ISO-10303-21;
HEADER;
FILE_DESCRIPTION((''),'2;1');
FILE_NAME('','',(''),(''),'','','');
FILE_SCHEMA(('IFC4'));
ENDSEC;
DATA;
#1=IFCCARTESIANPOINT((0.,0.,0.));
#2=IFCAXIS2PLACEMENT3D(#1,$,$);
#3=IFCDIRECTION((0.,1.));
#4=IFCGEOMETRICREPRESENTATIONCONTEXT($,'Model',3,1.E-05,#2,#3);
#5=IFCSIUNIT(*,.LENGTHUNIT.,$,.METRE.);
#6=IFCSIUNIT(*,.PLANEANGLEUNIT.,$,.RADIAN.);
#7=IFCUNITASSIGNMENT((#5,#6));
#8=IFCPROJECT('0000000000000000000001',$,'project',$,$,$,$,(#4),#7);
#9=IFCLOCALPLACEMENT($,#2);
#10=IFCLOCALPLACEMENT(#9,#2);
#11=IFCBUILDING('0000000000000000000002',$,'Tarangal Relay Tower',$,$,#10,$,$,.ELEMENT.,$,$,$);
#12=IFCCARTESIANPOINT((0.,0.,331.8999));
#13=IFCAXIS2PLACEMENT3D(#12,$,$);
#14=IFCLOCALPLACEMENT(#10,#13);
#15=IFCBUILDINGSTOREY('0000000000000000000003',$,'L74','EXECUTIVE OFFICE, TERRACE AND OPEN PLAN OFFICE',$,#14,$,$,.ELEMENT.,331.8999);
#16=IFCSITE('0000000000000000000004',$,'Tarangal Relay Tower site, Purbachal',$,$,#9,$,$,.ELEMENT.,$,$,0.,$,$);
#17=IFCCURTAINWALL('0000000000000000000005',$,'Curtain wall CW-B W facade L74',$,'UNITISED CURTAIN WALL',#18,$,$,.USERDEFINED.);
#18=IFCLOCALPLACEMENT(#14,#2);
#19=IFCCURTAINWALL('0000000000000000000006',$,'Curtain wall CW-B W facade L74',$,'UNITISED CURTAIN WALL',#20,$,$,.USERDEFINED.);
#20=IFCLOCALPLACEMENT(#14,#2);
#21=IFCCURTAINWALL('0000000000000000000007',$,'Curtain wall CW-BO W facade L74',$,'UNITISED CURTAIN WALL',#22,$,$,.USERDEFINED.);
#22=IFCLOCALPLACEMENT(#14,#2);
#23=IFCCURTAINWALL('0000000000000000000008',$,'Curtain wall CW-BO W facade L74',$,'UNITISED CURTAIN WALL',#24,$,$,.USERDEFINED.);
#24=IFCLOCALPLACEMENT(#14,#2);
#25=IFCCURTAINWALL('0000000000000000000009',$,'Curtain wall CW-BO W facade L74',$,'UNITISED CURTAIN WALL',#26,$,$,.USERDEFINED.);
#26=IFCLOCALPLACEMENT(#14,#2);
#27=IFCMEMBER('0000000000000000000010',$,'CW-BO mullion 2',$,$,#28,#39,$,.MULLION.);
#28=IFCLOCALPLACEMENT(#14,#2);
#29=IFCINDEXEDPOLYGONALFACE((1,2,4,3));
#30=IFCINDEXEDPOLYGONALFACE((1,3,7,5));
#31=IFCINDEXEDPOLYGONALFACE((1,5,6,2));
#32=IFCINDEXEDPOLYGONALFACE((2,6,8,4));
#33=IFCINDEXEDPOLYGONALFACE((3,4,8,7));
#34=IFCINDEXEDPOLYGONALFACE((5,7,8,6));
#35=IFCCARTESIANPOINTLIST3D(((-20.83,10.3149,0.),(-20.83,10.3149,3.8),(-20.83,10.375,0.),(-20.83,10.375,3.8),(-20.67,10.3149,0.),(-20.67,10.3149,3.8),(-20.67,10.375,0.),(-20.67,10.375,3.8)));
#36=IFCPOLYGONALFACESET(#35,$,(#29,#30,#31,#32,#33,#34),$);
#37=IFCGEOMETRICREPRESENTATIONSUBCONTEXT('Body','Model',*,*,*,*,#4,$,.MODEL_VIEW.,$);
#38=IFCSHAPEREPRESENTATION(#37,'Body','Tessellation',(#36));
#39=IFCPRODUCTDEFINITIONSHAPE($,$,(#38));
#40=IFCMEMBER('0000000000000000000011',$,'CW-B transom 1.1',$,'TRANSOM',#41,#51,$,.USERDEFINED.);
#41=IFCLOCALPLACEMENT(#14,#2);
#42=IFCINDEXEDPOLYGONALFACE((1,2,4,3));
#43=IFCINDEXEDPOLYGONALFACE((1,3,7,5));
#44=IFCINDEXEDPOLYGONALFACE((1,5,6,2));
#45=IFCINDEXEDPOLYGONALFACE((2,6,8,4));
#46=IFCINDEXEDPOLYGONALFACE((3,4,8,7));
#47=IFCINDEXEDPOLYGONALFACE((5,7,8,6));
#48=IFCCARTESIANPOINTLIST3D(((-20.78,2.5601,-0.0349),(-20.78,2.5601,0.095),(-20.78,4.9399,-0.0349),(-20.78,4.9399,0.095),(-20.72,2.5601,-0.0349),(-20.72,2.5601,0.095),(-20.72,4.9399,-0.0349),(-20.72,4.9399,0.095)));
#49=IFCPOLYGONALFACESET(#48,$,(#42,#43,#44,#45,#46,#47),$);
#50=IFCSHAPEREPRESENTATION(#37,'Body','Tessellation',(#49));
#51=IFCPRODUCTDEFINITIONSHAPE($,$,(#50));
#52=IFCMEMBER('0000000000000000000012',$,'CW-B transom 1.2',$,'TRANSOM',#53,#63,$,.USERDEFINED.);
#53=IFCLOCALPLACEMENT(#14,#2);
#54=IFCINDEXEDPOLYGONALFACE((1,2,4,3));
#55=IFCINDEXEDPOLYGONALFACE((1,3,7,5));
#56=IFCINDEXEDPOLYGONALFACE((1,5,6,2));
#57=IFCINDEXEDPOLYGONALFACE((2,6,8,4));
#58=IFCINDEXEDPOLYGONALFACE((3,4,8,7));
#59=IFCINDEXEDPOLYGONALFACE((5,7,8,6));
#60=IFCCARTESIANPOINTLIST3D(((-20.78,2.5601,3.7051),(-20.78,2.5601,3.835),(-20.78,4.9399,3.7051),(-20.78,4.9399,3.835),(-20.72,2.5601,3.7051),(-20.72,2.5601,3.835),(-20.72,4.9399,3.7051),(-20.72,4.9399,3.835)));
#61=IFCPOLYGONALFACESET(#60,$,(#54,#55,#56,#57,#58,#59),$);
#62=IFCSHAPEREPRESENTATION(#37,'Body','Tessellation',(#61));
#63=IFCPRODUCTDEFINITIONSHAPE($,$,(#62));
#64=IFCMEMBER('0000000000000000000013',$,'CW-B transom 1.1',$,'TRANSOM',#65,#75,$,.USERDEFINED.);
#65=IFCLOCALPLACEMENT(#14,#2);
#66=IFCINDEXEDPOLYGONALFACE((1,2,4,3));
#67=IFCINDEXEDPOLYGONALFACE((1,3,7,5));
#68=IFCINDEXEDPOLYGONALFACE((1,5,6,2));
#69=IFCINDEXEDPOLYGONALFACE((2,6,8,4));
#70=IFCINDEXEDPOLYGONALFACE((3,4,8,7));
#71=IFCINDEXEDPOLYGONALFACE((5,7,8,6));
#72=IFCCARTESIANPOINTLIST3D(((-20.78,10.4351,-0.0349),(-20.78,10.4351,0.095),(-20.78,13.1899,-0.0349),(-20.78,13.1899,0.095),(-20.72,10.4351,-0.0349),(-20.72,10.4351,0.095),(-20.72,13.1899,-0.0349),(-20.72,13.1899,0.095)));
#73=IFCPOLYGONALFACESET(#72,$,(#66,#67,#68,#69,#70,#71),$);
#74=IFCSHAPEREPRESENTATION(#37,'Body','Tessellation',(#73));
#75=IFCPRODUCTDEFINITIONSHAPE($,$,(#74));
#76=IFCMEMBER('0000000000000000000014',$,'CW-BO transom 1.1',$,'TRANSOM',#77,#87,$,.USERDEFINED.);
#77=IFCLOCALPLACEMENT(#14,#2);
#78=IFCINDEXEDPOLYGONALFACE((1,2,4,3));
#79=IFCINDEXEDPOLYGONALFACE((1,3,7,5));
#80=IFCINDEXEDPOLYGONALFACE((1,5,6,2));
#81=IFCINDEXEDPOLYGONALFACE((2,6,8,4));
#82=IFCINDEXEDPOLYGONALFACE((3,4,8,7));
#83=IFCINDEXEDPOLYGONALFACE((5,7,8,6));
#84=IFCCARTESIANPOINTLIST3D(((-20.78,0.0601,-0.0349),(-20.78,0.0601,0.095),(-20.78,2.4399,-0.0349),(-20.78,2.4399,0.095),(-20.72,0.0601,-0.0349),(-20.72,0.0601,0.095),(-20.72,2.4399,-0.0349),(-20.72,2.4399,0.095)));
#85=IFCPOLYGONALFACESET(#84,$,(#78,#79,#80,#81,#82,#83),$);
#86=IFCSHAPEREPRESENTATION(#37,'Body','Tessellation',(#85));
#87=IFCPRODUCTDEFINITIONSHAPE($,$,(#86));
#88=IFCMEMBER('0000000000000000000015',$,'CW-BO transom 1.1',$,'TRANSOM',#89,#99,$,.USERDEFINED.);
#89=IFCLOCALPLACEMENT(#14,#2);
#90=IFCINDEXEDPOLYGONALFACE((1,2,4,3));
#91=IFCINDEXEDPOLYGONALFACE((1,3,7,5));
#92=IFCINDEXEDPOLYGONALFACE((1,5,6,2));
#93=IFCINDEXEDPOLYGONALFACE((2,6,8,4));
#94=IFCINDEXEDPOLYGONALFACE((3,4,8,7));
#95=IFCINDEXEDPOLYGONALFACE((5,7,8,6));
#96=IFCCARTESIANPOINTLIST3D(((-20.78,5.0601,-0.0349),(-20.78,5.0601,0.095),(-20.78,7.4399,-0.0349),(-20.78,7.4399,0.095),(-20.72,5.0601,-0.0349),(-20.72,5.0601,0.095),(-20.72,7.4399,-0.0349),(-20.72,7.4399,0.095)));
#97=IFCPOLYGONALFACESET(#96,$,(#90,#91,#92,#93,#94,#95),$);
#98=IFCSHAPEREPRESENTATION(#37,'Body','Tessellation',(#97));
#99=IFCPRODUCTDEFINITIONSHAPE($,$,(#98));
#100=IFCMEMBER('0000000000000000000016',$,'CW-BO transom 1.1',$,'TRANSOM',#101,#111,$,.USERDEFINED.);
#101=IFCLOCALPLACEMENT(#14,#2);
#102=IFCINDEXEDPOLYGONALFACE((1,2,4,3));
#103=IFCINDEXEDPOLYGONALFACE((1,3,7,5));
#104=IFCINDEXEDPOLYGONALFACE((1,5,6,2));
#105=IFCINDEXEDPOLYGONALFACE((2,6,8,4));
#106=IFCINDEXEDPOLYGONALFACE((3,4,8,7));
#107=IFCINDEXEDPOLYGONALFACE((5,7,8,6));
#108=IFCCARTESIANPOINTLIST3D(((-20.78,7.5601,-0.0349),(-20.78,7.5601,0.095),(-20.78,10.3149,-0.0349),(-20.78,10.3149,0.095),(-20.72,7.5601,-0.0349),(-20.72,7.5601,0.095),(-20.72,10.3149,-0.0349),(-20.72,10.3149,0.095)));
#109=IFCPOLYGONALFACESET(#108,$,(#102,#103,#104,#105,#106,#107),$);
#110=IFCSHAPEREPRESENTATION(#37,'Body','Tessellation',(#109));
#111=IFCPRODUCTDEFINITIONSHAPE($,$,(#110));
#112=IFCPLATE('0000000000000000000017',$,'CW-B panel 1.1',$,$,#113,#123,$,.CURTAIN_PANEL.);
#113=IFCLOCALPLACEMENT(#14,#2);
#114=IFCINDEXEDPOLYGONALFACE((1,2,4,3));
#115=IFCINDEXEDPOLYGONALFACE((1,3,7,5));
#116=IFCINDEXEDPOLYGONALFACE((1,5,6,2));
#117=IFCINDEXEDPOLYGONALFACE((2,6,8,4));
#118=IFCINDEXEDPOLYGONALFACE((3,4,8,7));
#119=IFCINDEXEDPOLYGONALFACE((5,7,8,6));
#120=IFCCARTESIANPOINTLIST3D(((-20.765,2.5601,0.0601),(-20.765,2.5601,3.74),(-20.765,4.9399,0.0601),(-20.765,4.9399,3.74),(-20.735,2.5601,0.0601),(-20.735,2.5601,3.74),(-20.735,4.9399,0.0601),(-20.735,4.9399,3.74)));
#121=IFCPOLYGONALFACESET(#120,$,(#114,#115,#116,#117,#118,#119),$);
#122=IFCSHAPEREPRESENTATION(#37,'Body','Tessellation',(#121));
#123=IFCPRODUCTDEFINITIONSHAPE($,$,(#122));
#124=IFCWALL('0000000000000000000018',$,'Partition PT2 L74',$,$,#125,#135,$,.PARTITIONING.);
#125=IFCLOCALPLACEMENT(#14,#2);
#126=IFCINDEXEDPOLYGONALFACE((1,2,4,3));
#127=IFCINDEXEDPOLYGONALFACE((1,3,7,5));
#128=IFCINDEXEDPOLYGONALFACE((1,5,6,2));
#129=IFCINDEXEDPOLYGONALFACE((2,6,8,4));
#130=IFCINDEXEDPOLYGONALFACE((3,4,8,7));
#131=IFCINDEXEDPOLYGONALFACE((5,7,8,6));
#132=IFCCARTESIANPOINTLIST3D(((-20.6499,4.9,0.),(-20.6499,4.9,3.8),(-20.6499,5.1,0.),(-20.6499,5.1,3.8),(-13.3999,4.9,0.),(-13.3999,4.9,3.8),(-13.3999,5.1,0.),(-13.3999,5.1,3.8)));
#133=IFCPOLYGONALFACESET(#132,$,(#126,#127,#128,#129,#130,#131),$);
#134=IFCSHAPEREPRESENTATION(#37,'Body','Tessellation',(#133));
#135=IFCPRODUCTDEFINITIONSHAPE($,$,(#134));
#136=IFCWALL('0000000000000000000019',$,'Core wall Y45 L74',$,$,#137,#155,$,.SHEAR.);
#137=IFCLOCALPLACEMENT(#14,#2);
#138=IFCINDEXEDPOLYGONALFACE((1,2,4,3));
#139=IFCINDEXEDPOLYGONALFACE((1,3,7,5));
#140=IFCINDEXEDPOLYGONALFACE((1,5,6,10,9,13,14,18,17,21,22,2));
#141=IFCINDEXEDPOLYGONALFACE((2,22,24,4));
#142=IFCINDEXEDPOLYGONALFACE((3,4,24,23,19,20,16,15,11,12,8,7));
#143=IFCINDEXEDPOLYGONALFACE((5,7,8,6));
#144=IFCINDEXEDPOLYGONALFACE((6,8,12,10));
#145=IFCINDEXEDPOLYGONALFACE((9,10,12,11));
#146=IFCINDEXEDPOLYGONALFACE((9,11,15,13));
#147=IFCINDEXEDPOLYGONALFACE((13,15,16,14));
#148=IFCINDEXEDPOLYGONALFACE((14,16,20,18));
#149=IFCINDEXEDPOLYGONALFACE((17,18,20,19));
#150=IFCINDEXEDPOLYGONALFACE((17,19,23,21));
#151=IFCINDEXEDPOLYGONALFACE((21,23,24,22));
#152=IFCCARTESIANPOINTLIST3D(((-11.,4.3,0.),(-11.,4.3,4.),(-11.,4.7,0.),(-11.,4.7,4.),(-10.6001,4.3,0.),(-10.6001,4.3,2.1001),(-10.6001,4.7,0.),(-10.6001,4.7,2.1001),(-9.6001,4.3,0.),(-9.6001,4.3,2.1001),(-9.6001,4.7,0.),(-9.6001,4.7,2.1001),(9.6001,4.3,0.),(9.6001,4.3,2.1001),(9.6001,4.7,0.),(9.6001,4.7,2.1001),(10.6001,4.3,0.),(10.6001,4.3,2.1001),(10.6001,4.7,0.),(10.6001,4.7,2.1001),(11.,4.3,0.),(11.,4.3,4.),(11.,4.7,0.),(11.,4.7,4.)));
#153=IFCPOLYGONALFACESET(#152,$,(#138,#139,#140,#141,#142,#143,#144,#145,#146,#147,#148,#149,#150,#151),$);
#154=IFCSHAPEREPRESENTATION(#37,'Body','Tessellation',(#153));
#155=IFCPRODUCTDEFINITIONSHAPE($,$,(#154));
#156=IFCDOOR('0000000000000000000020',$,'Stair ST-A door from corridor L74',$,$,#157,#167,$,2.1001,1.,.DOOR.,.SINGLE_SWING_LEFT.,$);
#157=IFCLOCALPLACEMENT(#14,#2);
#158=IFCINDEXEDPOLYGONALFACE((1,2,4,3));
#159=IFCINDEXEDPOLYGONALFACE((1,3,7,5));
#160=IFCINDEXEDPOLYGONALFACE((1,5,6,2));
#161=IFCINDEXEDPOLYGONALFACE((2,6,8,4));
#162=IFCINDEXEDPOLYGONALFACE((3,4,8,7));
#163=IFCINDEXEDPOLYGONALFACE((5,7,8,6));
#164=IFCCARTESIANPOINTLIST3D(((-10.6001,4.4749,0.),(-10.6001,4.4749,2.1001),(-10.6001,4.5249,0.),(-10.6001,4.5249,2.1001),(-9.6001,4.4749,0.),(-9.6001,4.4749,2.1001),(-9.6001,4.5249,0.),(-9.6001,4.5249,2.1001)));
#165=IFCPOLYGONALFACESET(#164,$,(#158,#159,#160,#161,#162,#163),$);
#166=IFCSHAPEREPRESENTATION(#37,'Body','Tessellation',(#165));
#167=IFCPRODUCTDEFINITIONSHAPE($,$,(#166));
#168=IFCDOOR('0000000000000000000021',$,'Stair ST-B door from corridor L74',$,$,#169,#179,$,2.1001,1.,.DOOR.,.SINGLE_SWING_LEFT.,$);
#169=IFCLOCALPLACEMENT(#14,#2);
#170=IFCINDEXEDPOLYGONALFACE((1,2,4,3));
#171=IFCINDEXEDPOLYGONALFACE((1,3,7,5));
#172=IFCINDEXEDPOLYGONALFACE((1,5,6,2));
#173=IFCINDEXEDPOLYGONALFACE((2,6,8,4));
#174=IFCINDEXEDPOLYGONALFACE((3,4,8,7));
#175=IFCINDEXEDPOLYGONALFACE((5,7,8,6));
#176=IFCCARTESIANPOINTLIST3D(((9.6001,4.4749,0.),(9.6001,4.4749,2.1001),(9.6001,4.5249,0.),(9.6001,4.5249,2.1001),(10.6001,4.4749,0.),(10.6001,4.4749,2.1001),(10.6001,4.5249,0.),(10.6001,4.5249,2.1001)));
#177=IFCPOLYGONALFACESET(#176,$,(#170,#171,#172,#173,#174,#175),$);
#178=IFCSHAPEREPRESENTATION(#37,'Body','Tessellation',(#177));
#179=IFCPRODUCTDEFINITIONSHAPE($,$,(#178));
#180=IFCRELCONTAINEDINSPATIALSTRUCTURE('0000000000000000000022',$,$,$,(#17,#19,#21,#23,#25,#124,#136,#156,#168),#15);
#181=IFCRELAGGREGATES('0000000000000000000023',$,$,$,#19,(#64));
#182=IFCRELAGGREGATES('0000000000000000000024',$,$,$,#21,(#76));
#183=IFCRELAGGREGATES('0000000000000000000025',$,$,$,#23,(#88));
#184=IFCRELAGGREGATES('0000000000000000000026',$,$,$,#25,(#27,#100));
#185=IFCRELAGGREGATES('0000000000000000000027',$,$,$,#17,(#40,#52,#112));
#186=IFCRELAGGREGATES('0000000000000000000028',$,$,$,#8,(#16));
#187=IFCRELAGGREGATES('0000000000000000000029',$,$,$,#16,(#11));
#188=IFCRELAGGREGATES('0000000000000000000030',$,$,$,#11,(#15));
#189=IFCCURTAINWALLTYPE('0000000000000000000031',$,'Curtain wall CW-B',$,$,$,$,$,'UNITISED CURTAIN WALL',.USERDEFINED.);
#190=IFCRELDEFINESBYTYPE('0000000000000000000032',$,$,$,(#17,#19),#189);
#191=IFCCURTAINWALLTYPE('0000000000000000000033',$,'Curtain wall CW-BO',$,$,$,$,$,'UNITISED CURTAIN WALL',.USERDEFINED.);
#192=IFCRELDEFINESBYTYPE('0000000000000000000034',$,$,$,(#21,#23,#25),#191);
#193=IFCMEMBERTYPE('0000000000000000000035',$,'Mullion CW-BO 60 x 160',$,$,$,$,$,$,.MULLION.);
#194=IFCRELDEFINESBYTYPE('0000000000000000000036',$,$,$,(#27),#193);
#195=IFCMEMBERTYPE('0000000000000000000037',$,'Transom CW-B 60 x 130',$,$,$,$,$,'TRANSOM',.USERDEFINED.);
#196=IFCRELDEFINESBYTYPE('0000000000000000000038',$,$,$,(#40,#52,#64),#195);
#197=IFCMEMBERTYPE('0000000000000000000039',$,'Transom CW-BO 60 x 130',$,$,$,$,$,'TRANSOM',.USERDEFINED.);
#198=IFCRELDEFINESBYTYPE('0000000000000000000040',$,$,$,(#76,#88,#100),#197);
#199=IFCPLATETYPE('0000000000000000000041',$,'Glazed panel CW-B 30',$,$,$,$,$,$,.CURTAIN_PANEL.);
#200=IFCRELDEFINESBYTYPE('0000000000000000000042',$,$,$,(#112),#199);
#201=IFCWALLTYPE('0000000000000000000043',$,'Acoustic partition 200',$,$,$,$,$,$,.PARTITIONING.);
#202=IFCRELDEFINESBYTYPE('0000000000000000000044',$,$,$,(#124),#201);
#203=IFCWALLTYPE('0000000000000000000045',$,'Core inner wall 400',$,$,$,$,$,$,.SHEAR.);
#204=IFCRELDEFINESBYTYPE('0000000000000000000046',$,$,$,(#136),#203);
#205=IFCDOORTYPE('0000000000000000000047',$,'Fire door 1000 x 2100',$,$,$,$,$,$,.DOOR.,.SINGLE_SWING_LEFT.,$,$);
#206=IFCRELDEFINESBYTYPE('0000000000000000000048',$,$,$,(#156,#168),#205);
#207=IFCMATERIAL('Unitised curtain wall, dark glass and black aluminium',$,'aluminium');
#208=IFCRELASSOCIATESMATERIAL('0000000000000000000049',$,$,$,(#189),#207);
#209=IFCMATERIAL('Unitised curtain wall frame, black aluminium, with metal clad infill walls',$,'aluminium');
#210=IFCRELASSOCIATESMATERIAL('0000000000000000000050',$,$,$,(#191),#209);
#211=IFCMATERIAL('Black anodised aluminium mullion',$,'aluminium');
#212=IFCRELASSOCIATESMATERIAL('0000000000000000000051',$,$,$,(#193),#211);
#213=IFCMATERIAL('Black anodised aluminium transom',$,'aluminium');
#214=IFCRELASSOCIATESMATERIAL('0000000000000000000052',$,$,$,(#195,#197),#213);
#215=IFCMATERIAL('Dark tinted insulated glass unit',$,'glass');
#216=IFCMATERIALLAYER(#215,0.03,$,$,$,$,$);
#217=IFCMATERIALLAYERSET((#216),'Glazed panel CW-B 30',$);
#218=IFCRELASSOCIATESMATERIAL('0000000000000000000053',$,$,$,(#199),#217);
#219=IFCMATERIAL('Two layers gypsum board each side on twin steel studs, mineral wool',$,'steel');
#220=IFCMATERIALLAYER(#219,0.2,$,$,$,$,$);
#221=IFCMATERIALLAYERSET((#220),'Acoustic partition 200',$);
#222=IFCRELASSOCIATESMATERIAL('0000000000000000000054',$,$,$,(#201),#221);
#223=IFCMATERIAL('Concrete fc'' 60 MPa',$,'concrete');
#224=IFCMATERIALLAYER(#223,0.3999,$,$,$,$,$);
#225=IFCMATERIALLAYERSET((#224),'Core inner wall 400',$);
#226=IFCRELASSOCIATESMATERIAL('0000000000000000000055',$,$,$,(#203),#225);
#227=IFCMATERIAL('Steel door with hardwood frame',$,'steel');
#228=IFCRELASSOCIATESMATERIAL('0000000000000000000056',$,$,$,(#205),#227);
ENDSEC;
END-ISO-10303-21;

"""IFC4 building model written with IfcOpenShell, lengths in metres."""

from ifc_helpers import new_model, si_unit, direction, frame, frame_2d, origin, origin_2d, place, context, subcontext, project, spatial, rectangle, extrude, material, layer, layer_set, material_profile, profile_set, type_object, element, fill, aggregate, save


model = new_model("IFC4")

# Units and contexts
model_context = context("Model", 3, precision=1e-05, world=origin(), true_north=direction((0.0, 1.0)))
body_context = subcontext(model_context, "Body", "Model", "MODEL_VIEW")
ifc_project = project(units=[si_unit("LENGTHUNIT", "METRE"), si_unit("PLANEANGLEUNIT", "RADIAN")], contexts=[model_context])

# Site, building, storey
site_placement = place(None, origin())
site = spatial("IfcSite", under=ifc_project, at=site_placement, Name="Tarangal Relay Tower site, Purbachal", CompositionType="ELEMENT", RefElevation=0.0)
building_placement = place(site_placement, origin())
building = spatial("IfcBuilding", under=site, at=building_placement, Name="Tarangal Relay Tower", CompositionType="ELEMENT")
storey_placement = place(building_placement, frame((0.0, 0.0, 331.8999)))
storey = spatial("IfcBuildingStorey", under=building, at=storey_placement, Name="L74", Description="EXECUTIVE OFFICE, TERRACE AND OPEN PLAN OFFICE", CompositionType="ELEMENT", Elevation=331.8999)

# Curtain wall
ifc_material_1 = material(Name="Unitised curtain wall, dark glass and black aluminium", Category="aluminium")
curtain_wall_type_1 = type_object("IfcCurtainWallType", Name="Curtain wall CW-B", ElementType="UNITISED CURTAIN WALL", PredefinedType="USERDEFINED", material=ifc_material_1)
curtain_wall_1_placement = place(storey_placement, origin())
curtain_wall_1 = element("IfcCurtainWall", 1, at=curtain_wall_1_placement, inside=storey, type_object=curtain_wall_type_1, Name="Curtain wall CW-B W facade L74", ObjectType="UNITISED CURTAIN WALL", PredefinedType="USERDEFINED")
ifc_material_2 = material(Name="Black anodised aluminium mullion", Category="aluminium")

# Curtain wall
curtain_wall_2_placement = place(storey_placement, origin())
curtain_wall_2 = element("IfcCurtainWall", 2, at=curtain_wall_2_placement, inside=storey, type_object=curtain_wall_type_1, Name="Curtain wall CW-B W facade L74", ObjectType="UNITISED CURTAIN WALL", PredefinedType="USERDEFINED")

# Curtain walls, member
ifc_material_3 = material(Name="Unitised curtain wall frame, black aluminium, with metal clad infill walls", Category="aluminium")
curtain_wall_type_2 = type_object("IfcCurtainWallType", Name="Curtain wall CW-BO", ElementType="UNITISED CURTAIN WALL", PredefinedType="USERDEFINED", material=ifc_material_3)
curtain_wall_3_placement = place(storey_placement, origin())
curtain_wall_3 = element("IfcCurtainWall", 3, at=curtain_wall_3_placement, inside=storey, type_object=curtain_wall_type_2, Name="Curtain wall CW-BO W facade L74", ObjectType="UNITISED CURTAIN WALL", PredefinedType="USERDEFINED")
ifc_material_profile_1 = material_profile(ifc_material_2, rectangle(XDim=0.1599, YDim=0.0601, at=origin_2d()), Name="CW-BOM 60X160")
ifc_profile_set_1 = profile_set([ifc_material_profile_1], Name="Black anodised aluminium mullion")
member_type_1 = type_object("IfcMemberType", Name="Mullion CW-BO 60 x 160", PredefinedType="MULLION", material=ifc_profile_set_1)
curtain_wall_4_placement = place(storey_placement, origin())
curtain_wall_4 = element("IfcCurtainWall", 4, at=curtain_wall_4_placement, inside=storey, type_object=curtain_wall_type_2, Name="Curtain wall CW-BO W facade L74", ObjectType="UNITISED CURTAIN WALL", PredefinedType="USERDEFINED")
curtain_wall_5_placement = place(storey_placement, origin())
curtain_wall_5 = element("IfcCurtainWall", 5, at=curtain_wall_5_placement, inside=storey, type_object=curtain_wall_type_2, Name="Curtain wall CW-BO W facade L74", ObjectType="UNITISED CURTAIN WALL", PredefinedType="USERDEFINED")
member_1_placement = place(storey_placement, frame((-20.75, 10.345, 0.0), z_axis=(0.0, 0.0, 1.0), x_axis=(-1.0, 0.0, 0.0)))
member_1 = element("IfcMember", 6, at=member_1_placement, type_object=member_type_1, Name="CW-BO mullion 2", PredefinedType="MULLION", context=body_context, shape_type="SweptSolid", body=[
    extrude(rectangle(XDim=0.1599, YDim=0.0601, at=origin_2d()), origin(), (0.0, 0.0, 1.0), 3.8),
])

# Members
ifc_material_4 = material(Name="Black anodised aluminium transom", Category="aluminium")
ifc_material_profile_2 = material_profile(ifc_material_4, rectangle(XDim=0.0601, YDim=0.1299, at=origin_2d()), Name="CW-BT 60X130")
ifc_profile_set_2 = profile_set([ifc_material_profile_2], Name="Black anodised aluminium transom")
member_type_2 = type_object("IfcMemberType", Name="Transom CW-B 60 x 130", ElementType="TRANSOM", PredefinedType="USERDEFINED", material=ifc_profile_set_2)
member_2_placement = place(storey_placement, frame((-20.75, 2.5601, 0.03), z_axis=(0.0, 1.0, 0.0), x_axis=(-1.0, 0.0, 0.0)))
member_2 = element("IfcMember", 7, at=member_2_placement, type_object=member_type_2, Name="CW-B transom 1.1", ObjectType="TRANSOM", PredefinedType="USERDEFINED", context=body_context, shape_type="SweptSolid", body=[
    extrude(rectangle(XDim=0.0601, YDim=0.1299, at=origin_2d()), origin(), (0.0, 0.0, 1.0), 2.3799),
])
member_3_placement = place(storey_placement, frame((-20.75, 2.5601, 3.77), z_axis=(0.0, 1.0, 0.0), x_axis=(-1.0, 0.0, 0.0)))
member_3 = element("IfcMember", 8, at=member_3_placement, type_object=member_type_2, Name="CW-B transom 1.2", ObjectType="TRANSOM", PredefinedType="USERDEFINED", context=body_context, shape_type="SweptSolid", body=[
    extrude(rectangle(XDim=0.0601, YDim=0.1299, at=origin_2d()), origin(), (0.0, 0.0, 1.0), 2.3799),
])
member_4_placement = place(storey_placement, frame((-20.75, 10.4351, 0.03), z_axis=(0.0, 1.0, 0.0), x_axis=(-1.0, 0.0, 0.0)))
member_4 = element("IfcMember", 9, at=member_4_placement, type_object=member_type_2, Name="CW-B transom 1.1", ObjectType="TRANSOM", PredefinedType="USERDEFINED", context=body_context, shape_type="SweptSolid", body=[
    extrude(rectangle(XDim=0.0601, YDim=0.1299, at=origin_2d()), origin(), (0.0, 0.0, 1.0), 2.7549),
])
aggregate(curtain_wall_2, [member_4])
ifc_material_profile_3 = material_profile(ifc_material_4, rectangle(XDim=0.0601, YDim=0.1299, at=origin_2d()), Name="CW-BOT 60X130")
ifc_profile_set_3 = profile_set([ifc_material_profile_3], Name="Black anodised aluminium transom")
member_type_3 = type_object("IfcMemberType", Name="Transom CW-BO 60 x 130", ElementType="TRANSOM", PredefinedType="USERDEFINED", material=ifc_profile_set_3)
member_5_placement = place(storey_placement, frame((-20.75, 0.0601, 0.03), z_axis=(0.0, 1.0, 0.0), x_axis=(-1.0, 0.0, 0.0)))
member_5 = element("IfcMember", 10, at=member_5_placement, type_object=member_type_3, Name="CW-BO transom 1.1", ObjectType="TRANSOM", PredefinedType="USERDEFINED", context=body_context, shape_type="SweptSolid", body=[
    extrude(rectangle(XDim=0.0601, YDim=0.1299, at=origin_2d()), origin(), (0.0, 0.0, 1.0), 2.3799),
])
aggregate(curtain_wall_3, [member_5])
member_6_placement = place(storey_placement, frame((-20.75, 5.0601, 0.03), z_axis=(0.0, 1.0, 0.0), x_axis=(-1.0, 0.0, 0.0)))
member_6 = element("IfcMember", 11, at=member_6_placement, type_object=member_type_3, Name="CW-BO transom 1.1", ObjectType="TRANSOM", PredefinedType="USERDEFINED", context=body_context, shape_type="SweptSolid", body=[
    extrude(rectangle(XDim=0.0601, YDim=0.1299, at=origin_2d()), origin(), (0.0, 0.0, 1.0), 2.3799),
])
aggregate(curtain_wall_4, [member_6])
member_7_placement = place(storey_placement, frame((-20.75, 7.5601, 0.03), z_axis=(0.0, 1.0, 0.0), x_axis=(-1.0, 0.0, 0.0)))
member_7 = element("IfcMember", 12, at=member_7_placement, type_object=member_type_3, Name="CW-BO transom 1.1", ObjectType="TRANSOM", PredefinedType="USERDEFINED", context=body_context, shape_type="SweptSolid", body=[
    extrude(rectangle(XDim=0.0601, YDim=0.1299, at=origin_2d()), origin(), (0.0, 0.0, 1.0), 2.7549),
])
aggregate(curtain_wall_5, [member_1, member_7])

# Plate
ifc_material_5 = material(Name="Dark tinted insulated glass unit", Category="glass")
ifc_layer_1 = layer(ifc_material_5, 0.03)
ifc_layer_set_1 = layer_set([ifc_layer_1], Name="Glazed panel CW-B 30")
plate_type = type_object("IfcPlateType", Name="Glazed panel CW-B 30", PredefinedType="CURTAIN_PANEL", material=ifc_layer_set_1)
plate_placement = place(storey_placement, frame((-20.75, 3.75, 0.0601), z_axis=(0.0, 0.0, 1.0), x_axis=(0.0, 1.0, 0.0)))
plate = element("IfcPlate", 13, at=plate_placement, type_object=plate_type, Name="CW-B panel 1.1", PredefinedType="CURTAIN_PANEL", context=body_context, shape_type="SweptSolid", body=[
    extrude(rectangle(XDim=2.3799, YDim=0.03, at=origin_2d()), origin(), (0.0, 0.0, 1.0), 3.6799),
])
aggregate(curtain_wall_1, [member_2, member_3, plate])

# Wall
ifc_material_6 = material(Name="Two layers gypsum board each side on twin steel studs, mineral wool", Category="steel")
ifc_layer_2 = layer(ifc_material_6, 0.2)
ifc_layer_set_2 = layer_set([ifc_layer_2], Name="Acoustic partition 200")
wall_type_1 = type_object("IfcWallType", Name="Acoustic partition 200", PredefinedType="PARTITIONING", material=ifc_layer_set_2)
wall_1_placement = place(storey_placement, frame((-20.6499, 5.0, 0.0), z_axis=(0.0, 0.0, 1.0), x_axis=(1.0, 0.0, 0.0)))
element("IfcWall", 14, at=wall_1_placement, inside=storey, type_object=wall_type_1, Name="Partition PT2 L74", PredefinedType="PARTITIONING", context=body_context, shape_type="SweptSolid", body=[
    extrude(rectangle(XDim=7.25, YDim=0.2, at=frame_2d((3.625, 0.0))), origin(), (0.0, 0.0, 1.0), 3.8),
])

# Wall, openings, doors
ifc_material_7 = material(Name="Concrete fc' 60 MPa", Category="concrete")
ifc_layer_3 = layer(ifc_material_7, 0.3999)
ifc_layer_set_3 = layer_set([ifc_layer_3], Name="Core inner wall 400")
wall_type_2 = type_object("IfcWallType", Name="Core inner wall 400", PredefinedType="SHEAR", material=ifc_layer_set_3)
wall_2_placement = place(storey_placement, frame((-11.0, 4.5, 0.0), z_axis=(0.0, 0.0, 1.0), x_axis=(1.0, 0.0, 0.0)))
wall_2 = element("IfcWall", 15, at=wall_2_placement, inside=storey, type_object=wall_type_2, Name="Core wall Y45 L74", PredefinedType="SHEAR", context=body_context, shape_type="SweptSolid", body=[
    extrude(rectangle(XDim=22.0, YDim=0.3999, at=frame_2d((11.0, 0.0))), origin(), (0.0, 0.0, 1.0), 4.0),
])
opening_1_placement = place(wall_2_placement, frame((0.3999, 0.0, 0.0)))
opening_1 = element("IfcOpeningElement", 16, at=opening_1_placement, cuts=wall_2, PredefinedType="OPENING", context=body_context, shape_type="SweptSolid", body=[
    extrude(rectangle(XDim=1.0, YDim=2.1001, at=frame_2d((0.5, 1.05))), frame((0.0, 0.21, 0.0), z_axis=(0.0, -1.0, 0.0), x_axis=(1.0, 0.0, 0.0)), (0.0, 0.0, 1.0), 0.4199),
])
opening_2_placement = place(wall_2_placement, frame((20.6001, 0.0, 0.0)))
opening_2 = element("IfcOpeningElement", 17, at=opening_2_placement, cuts=wall_2, PredefinedType="OPENING", context=body_context, shape_type="SweptSolid", body=[
    extrude(rectangle(XDim=1.0, YDim=2.1001, at=frame_2d((0.5, 1.05))), frame((0.0, 0.21, 0.0), z_axis=(0.0, -1.0, 0.0), x_axis=(1.0, 0.0, 0.0)), (0.0, 0.0, 1.0), 0.4199),
])
ifc_material_8 = material(Name="Steel door with hardwood frame", Category="steel")
door_type_1 = type_object("IfcDoorType", Name="Fire door 1000 x 2100", OperationType="SINGLE_SWING_LEFT", PredefinedType="DOOR", material=ifc_material_8)
door_1_placement = place(opening_1_placement, origin())
door_1 = element("IfcDoor", 18, at=door_1_placement, inside=storey, type_object=door_type_1, Name="Stair ST-A door from corridor L74", OperationType="SINGLE_SWING_LEFT", OverallHeight=2.1001, OverallWidth=1.0, PredefinedType="DOOR", context=body_context, shape_type="SweptSolid", body=[
    extrude(rectangle(XDim=1.0, YDim=2.1001, at=frame_2d((0.5, 1.05))), frame((0.0, 0.0249, 0.0), z_axis=(0.0, -1.0, 0.0), x_axis=(1.0, 0.0, 0.0)), (0.0, 0.0, 1.0), 0.05),
])
fill(opening_1, door_1)
door_2_placement = place(opening_2_placement, origin())
door_2 = element("IfcDoor", 19, at=door_2_placement, inside=storey, type_object=door_type_1, Name="Stair ST-B door from corridor L74", OperationType="SINGLE_SWING_LEFT", OverallHeight=2.1001, OverallWidth=1.0, PredefinedType="DOOR", context=body_context, shape_type="SweptSolid", body=[
    extrude(rectangle(XDim=1.0, YDim=2.1001, at=frame_2d((0.5, 1.05))), frame((0.0, 0.0249, 0.0), z_axis=(0.0, -1.0, 0.0), x_axis=(1.0, 0.0, 0.0)), (0.0, 0.0, 1.0), 0.05),
])
fill(opening_2, door_2)

save(model, "model.ifc")
